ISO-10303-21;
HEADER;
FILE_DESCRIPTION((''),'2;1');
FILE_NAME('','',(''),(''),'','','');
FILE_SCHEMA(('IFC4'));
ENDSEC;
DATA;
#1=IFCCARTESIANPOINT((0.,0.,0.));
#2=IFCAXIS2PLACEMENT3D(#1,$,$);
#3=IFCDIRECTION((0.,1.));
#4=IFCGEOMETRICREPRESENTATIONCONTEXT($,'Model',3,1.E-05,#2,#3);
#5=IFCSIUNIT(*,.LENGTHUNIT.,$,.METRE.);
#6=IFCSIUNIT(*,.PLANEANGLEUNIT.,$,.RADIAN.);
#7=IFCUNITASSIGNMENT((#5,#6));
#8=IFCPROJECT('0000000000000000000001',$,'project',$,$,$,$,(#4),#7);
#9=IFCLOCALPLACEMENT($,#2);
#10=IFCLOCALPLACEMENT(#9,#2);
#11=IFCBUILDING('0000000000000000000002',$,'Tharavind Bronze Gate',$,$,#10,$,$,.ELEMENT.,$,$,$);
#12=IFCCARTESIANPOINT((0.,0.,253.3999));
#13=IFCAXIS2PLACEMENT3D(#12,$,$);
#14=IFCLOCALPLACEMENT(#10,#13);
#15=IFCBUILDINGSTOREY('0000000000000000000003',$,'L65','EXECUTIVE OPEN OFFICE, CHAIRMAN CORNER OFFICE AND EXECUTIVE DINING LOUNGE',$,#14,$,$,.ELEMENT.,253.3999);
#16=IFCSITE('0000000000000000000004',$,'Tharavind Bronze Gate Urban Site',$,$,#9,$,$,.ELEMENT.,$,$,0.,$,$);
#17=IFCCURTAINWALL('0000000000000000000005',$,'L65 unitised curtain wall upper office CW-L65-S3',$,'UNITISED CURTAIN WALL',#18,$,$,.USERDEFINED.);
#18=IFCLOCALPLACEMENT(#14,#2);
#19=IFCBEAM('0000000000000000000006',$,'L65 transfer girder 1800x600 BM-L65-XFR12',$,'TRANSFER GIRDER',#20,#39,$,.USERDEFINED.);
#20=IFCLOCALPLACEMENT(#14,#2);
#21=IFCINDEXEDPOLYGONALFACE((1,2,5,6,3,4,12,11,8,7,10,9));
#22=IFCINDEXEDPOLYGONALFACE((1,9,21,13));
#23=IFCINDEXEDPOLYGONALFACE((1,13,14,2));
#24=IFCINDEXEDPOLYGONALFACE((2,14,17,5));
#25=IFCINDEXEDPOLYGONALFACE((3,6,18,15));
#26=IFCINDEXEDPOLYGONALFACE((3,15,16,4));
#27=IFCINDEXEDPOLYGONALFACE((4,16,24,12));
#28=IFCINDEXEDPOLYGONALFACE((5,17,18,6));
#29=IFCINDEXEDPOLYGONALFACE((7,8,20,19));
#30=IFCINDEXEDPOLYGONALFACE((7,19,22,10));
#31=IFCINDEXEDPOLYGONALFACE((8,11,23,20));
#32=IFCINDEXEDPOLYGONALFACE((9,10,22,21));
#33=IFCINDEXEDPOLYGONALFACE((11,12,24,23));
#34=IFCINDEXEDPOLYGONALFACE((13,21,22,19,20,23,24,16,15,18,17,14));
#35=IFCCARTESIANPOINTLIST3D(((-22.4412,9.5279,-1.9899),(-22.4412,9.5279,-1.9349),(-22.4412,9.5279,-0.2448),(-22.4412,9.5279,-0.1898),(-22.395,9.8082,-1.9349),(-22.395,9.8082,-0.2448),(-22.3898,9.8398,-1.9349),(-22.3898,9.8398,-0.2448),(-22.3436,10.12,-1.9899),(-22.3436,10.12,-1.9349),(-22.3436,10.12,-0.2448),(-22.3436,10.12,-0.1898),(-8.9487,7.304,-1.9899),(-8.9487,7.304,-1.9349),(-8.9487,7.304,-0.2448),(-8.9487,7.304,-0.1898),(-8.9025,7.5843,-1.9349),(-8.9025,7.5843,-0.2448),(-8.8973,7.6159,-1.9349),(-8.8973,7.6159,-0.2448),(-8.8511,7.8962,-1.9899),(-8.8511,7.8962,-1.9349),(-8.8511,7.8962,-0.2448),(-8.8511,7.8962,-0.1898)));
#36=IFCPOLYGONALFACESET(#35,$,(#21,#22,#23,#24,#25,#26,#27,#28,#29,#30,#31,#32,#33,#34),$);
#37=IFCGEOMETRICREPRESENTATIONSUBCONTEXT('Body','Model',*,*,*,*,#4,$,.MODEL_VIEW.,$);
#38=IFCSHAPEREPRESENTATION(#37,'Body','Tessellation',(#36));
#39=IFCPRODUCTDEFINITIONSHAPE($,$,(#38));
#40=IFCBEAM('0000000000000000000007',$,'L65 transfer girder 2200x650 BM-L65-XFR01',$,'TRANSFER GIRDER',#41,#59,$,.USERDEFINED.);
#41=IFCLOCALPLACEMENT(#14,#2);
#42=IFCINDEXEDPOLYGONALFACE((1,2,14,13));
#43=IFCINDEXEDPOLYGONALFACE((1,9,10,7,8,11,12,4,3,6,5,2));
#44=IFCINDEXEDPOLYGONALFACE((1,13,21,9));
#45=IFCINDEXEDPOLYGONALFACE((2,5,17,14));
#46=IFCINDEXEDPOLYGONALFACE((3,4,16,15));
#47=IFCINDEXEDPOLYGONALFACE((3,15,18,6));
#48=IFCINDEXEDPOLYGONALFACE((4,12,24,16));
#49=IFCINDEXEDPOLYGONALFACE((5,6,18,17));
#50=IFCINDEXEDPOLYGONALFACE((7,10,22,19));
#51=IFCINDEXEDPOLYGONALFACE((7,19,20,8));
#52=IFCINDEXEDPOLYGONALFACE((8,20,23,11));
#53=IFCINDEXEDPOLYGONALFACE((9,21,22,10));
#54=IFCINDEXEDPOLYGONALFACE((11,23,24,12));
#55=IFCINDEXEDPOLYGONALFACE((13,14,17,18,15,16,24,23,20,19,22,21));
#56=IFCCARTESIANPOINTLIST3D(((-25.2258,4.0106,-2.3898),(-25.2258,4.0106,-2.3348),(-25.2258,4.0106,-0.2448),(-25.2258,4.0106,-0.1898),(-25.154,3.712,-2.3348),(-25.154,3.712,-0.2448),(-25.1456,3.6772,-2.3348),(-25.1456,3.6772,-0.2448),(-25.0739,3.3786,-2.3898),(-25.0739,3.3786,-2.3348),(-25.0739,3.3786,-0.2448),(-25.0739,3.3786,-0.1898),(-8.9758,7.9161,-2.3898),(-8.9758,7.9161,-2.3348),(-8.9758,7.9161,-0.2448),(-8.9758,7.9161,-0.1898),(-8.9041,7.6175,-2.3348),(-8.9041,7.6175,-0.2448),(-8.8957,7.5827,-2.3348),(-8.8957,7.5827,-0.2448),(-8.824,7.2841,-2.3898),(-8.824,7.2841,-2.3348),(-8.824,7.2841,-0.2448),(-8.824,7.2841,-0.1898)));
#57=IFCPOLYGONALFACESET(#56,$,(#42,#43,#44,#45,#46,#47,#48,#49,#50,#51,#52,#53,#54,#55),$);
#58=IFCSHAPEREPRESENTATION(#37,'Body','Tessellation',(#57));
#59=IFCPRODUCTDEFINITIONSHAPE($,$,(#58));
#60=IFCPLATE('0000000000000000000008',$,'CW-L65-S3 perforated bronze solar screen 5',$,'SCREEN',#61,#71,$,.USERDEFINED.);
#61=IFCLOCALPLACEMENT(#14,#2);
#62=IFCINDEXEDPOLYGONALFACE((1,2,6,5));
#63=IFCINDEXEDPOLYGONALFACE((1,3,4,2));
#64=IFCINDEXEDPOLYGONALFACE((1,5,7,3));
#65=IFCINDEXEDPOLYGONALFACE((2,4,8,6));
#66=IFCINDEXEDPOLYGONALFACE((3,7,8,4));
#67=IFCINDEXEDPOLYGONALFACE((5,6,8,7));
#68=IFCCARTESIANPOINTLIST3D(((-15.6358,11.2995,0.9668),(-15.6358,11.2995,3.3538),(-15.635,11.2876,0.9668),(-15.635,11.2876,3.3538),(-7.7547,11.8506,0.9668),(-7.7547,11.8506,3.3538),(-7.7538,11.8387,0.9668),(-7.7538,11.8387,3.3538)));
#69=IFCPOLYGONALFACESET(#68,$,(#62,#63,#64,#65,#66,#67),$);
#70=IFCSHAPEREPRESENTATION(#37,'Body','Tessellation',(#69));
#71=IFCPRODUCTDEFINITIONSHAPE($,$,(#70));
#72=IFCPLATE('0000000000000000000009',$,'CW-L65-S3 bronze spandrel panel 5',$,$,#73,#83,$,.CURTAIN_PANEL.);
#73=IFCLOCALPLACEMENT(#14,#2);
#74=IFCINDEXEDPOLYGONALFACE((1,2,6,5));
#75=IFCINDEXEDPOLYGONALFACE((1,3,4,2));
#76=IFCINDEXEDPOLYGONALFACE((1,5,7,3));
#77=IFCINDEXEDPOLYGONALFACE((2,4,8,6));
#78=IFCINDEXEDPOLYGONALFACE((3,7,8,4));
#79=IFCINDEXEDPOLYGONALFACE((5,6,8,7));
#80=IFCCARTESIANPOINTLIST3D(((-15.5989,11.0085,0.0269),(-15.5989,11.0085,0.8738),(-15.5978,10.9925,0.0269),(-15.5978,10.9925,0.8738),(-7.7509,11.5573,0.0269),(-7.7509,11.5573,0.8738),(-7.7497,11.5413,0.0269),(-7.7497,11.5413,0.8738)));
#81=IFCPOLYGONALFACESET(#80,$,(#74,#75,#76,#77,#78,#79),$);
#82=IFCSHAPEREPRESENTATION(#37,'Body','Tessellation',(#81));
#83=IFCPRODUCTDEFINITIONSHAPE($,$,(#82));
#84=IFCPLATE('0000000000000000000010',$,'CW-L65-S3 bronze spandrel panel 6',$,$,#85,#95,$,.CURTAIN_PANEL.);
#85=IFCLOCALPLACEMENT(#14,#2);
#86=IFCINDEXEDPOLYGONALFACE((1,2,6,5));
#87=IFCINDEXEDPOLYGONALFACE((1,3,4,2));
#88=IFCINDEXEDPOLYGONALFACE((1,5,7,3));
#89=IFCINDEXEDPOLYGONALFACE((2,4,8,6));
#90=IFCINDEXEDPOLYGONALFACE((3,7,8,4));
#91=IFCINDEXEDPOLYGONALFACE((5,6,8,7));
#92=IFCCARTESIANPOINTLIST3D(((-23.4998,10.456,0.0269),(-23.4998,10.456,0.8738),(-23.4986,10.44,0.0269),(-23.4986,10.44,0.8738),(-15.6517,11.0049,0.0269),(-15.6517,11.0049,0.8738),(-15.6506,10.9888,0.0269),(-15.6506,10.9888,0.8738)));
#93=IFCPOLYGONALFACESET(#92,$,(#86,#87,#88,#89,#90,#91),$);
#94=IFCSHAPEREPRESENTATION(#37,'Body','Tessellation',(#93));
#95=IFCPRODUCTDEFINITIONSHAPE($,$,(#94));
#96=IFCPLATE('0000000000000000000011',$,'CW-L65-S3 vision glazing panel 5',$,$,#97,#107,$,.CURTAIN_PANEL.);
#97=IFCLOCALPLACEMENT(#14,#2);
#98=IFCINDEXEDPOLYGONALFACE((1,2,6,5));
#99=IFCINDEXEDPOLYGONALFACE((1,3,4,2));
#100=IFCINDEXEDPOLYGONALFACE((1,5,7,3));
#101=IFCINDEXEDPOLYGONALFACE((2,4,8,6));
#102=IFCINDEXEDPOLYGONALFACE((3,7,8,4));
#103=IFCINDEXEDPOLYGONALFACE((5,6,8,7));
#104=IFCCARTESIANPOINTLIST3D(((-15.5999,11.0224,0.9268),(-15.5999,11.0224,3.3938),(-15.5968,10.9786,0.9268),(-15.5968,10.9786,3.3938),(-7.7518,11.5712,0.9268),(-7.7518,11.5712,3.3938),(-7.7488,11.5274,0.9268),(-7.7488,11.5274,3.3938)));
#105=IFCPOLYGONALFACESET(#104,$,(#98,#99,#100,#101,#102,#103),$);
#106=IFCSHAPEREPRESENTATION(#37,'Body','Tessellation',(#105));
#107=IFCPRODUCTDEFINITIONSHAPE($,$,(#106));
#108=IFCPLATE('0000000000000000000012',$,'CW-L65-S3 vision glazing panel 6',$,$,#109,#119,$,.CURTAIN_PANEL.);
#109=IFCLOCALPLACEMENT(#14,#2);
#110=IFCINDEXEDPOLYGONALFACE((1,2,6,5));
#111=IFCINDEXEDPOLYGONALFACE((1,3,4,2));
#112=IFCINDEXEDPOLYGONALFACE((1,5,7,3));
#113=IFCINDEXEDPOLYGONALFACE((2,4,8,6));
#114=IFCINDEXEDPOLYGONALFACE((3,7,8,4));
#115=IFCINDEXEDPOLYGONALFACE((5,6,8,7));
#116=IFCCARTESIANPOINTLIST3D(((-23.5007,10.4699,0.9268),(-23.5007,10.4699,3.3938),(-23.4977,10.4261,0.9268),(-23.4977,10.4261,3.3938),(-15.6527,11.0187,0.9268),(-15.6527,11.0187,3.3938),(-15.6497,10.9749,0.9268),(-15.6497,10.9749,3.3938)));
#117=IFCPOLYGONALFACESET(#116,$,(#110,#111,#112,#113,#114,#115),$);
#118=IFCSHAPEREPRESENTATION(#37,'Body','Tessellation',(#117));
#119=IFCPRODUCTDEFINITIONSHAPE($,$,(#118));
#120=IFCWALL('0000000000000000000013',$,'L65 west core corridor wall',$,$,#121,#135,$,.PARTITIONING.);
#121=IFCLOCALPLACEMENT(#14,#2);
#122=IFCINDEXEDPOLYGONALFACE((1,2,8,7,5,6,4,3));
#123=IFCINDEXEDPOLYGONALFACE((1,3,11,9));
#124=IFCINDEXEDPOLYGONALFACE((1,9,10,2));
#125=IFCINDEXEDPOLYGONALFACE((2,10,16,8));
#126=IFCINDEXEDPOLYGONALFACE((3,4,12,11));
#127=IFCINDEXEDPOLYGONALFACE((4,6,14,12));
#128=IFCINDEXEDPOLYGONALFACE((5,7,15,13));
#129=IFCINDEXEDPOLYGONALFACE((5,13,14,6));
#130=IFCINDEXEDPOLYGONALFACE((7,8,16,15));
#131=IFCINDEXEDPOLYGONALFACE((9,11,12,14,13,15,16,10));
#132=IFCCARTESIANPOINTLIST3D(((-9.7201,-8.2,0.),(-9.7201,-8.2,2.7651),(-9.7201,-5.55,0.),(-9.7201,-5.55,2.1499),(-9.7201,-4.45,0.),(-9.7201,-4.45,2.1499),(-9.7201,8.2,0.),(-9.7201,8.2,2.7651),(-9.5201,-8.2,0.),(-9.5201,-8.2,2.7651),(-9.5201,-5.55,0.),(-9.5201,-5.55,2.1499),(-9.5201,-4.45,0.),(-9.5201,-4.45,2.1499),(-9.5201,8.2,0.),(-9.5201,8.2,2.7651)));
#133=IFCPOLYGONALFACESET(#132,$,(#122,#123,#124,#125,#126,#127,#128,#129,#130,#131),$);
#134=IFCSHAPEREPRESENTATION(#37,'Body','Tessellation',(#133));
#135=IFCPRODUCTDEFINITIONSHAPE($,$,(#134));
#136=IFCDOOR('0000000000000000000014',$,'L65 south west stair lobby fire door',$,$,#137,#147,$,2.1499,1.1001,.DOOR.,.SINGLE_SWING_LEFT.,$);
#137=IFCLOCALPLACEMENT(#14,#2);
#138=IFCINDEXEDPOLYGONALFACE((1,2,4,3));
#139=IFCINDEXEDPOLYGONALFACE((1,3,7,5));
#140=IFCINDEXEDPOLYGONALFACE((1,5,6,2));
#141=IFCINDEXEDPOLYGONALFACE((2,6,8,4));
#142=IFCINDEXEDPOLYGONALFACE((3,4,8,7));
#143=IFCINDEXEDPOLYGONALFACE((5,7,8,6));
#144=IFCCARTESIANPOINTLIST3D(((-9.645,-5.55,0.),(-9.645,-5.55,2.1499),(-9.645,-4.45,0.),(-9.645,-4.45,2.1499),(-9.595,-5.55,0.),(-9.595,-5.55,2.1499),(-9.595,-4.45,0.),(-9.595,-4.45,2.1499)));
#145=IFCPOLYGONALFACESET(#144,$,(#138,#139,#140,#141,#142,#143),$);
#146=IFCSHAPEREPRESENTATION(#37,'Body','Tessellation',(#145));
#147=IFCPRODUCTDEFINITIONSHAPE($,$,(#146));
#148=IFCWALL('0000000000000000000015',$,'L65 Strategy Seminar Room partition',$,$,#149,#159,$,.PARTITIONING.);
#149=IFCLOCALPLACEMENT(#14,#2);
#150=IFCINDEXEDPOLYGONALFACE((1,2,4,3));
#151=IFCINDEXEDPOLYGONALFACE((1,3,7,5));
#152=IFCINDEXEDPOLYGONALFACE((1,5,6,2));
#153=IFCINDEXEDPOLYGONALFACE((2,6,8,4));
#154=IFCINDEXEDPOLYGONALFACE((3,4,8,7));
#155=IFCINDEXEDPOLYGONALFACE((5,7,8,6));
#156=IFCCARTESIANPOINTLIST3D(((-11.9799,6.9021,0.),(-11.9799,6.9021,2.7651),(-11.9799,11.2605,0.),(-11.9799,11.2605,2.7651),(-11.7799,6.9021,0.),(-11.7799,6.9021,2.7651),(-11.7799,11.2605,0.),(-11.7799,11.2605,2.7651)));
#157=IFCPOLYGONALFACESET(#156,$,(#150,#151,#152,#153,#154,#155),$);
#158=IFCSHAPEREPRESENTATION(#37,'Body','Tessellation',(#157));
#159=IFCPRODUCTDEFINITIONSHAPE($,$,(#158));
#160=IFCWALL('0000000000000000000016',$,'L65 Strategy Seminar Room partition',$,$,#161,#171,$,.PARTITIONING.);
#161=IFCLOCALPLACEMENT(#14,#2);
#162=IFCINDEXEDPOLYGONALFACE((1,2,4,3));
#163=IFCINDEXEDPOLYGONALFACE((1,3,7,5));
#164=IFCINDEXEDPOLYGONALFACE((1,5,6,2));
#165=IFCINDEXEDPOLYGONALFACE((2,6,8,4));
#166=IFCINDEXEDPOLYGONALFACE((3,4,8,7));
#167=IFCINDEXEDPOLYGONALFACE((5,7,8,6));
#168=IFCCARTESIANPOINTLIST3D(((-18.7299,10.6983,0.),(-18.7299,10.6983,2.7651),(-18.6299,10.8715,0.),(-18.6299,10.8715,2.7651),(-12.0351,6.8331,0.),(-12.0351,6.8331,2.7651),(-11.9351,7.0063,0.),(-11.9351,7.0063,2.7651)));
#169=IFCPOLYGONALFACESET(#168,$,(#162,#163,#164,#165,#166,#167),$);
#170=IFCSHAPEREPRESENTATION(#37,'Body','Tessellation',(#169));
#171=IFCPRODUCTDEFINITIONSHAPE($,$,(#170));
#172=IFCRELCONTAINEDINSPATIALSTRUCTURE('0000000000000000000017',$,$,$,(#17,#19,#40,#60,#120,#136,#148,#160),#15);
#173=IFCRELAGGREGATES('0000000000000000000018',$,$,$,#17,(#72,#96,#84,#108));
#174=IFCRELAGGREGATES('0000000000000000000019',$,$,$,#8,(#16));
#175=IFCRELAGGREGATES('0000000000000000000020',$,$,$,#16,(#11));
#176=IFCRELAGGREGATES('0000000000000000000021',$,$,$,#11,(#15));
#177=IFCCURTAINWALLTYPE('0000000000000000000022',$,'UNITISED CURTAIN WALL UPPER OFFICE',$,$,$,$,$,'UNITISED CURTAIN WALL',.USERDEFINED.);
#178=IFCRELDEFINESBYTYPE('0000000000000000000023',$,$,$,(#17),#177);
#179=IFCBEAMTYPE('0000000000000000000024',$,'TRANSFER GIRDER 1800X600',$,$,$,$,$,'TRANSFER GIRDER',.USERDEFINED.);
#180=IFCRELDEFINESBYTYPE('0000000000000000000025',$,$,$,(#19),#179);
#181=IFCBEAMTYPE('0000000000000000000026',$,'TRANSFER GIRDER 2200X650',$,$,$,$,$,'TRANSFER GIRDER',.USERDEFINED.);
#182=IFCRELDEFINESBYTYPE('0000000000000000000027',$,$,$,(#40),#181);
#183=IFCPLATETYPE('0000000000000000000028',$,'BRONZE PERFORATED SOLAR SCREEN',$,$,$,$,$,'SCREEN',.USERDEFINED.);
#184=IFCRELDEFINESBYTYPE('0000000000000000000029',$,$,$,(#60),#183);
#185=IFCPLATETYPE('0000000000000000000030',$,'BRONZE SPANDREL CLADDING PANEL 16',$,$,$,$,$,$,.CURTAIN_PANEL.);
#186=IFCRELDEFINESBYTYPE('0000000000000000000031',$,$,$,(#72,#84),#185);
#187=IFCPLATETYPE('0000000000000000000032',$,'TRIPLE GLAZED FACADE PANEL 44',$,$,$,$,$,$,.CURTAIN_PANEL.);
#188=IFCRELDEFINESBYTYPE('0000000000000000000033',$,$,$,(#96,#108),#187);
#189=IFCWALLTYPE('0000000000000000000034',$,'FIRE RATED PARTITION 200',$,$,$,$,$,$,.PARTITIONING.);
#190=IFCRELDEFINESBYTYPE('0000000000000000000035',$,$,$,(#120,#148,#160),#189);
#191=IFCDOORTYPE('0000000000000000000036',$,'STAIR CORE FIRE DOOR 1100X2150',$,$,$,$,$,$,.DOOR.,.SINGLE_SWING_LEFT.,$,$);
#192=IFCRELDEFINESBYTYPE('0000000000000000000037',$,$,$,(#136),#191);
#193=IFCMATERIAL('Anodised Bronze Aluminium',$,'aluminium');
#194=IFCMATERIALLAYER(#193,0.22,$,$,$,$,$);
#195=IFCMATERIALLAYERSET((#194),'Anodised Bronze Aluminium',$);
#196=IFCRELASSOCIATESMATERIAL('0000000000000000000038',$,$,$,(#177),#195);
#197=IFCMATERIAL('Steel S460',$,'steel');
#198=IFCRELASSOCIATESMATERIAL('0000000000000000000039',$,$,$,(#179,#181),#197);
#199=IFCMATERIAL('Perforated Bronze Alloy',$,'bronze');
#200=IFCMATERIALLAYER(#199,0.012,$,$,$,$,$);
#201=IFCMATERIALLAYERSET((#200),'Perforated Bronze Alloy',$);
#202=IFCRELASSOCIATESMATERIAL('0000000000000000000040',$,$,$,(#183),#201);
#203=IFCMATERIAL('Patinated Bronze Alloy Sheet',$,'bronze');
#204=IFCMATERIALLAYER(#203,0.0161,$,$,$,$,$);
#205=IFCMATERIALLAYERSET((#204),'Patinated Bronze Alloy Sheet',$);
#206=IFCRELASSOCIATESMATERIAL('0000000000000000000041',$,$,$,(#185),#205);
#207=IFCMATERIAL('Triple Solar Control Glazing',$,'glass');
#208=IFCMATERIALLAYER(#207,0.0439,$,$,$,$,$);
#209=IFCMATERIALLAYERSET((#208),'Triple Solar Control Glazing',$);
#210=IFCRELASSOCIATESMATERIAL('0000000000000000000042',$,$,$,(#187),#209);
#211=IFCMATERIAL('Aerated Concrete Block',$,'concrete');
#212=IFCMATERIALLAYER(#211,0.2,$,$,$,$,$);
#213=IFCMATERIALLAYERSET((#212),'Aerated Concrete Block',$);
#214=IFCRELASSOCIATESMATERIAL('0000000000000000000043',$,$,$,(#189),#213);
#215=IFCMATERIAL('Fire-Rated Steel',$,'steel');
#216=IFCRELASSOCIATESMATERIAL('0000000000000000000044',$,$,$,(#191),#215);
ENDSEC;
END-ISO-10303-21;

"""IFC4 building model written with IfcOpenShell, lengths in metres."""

from ifc_helpers import new_model, si_unit, direction, frame, frame_2d, origin, origin_2d, place, context, subcontext, project, spatial, rectangle, i_section, extrude, material, layer, layer_set, material_profile, profile_set, type_object, element, fill, aggregate, save


model = new_model("IFC4")

# Units and contexts
model_context = context("Model", 3, precision=1e-05, world=origin(), true_north=direction((0.0, 1.0)))
body_context = subcontext(model_context, "Body", "Model", "MODEL_VIEW")
ifc_project = project(units=[si_unit("LENGTHUNIT", "METRE"), si_unit("PLANEANGLEUNIT", "RADIAN")], contexts=[model_context])

# Site, building, storey
site_placement = place(None, origin())
site = spatial("IfcSite", under=ifc_project, at=site_placement, Name="Tharavind Bronze Gate Urban Site", CompositionType="ELEMENT", RefElevation=0.0)
building_placement = place(site_placement, origin())
building = spatial("IfcBuilding", under=site, at=building_placement, Name="Tharavind Bronze Gate", CompositionType="ELEMENT")
storey_placement = place(building_placement, frame((0.0, 0.0, 253.3999)))
storey = spatial("IfcBuildingStorey", under=building, at=storey_placement, Name="L65", Description="EXECUTIVE OPEN OFFICE, CHAIRMAN CORNER OFFICE AND EXECUTIVE DINING LOUNGE", CompositionType="ELEMENT", Elevation=253.3999)

# Curtain wall
ifc_material_1 = material(Name="Anodised Bronze Aluminium", Category="aluminium")
ifc_layer_1 = layer(ifc_material_1, 0.22)
ifc_layer_set_1 = layer_set([ifc_layer_1], Name="Anodised Bronze Aluminium")
curtain_wall_type = type_object("IfcCurtainWallType", Name="UNITISED CURTAIN WALL UPPER OFFICE", ElementType="UNITISED CURTAIN WALL", PredefinedType="USERDEFINED", material=ifc_layer_set_1)
curtain_wall_placement = place(storey_placement, origin())
curtain_wall = element("IfcCurtainWall", 1, at=curtain_wall_placement, inside=storey, type_object=curtain_wall_type, Name="L65 unitised curtain wall upper office CW-L65-S3", ObjectType="UNITISED CURTAIN WALL", PredefinedType="USERDEFINED")

# Beams
ifc_material_2 = material(Name="Steel S460", Category="steel")
ifc_material_profile_1 = material_profile(ifc_material_2, i_section(OverallWidth=0.6001, OverallDepth=1.8, WebThickness=0.032, FlangeThickness=0.0549, at=origin_2d()), Name="PG1800X600")
ifc_profile_set_1 = profile_set([ifc_material_profile_1], Name="Steel S460")
beam_type_1 = type_object("IfcBeamType", Name="TRANSFER GIRDER 1800X600", ElementType="TRANSFER GIRDER", PredefinedType="USERDEFINED", material=ifc_profile_set_1)
beam_1_placement = place(storey_placement, frame((-8.8999, 7.6001, -1.0898), z_axis=(-0.986687, 0.16263, 0.0), x_axis=(-0.16263, -0.986687, 0.0)))
element("IfcBeam", 2, at=beam_1_placement, inside=storey, type_object=beam_type_1, Name="L65 transfer girder 1800x600 BM-L65-XFR12", ObjectType="TRANSFER GIRDER", PredefinedType="USERDEFINED", context=body_context, shape_type="SweptSolid", body=[
    extrude(i_section(OverallWidth=0.6001, OverallDepth=1.8, WebThickness=0.032, FlangeThickness=0.0549, at=origin_2d()), origin(), (0.0, 0.0, 1.0), 13.6746),
])
ifc_material_profile_2 = material_profile(ifc_material_2, i_section(OverallWidth=0.6499, OverallDepth=2.2, WebThickness=0.0359, FlangeThickness=0.0549, at=origin_2d()), Name="PG2200X650")
ifc_profile_set_2 = profile_set([ifc_material_profile_2], Name="Steel S460")
beam_type_2 = type_object("IfcBeamType", Name="TRANSFER GIRDER 2200X650", ElementType="TRANSFER GIRDER", PredefinedType="USERDEFINED", material=ifc_profile_set_2)
beam_2_placement = place(storey_placement, frame((-8.8999, 7.6001, -1.2898), z_axis=(-0.972312, -0.233685, 0.0), x_axis=(0.233685, -0.972312, 0.0)))
element("IfcBeam", 3, at=beam_2_placement, inside=storey, type_object=beam_type_2, Name="L65 transfer girder 2200x650 BM-L65-XFR01", ObjectType="TRANSFER GIRDER", PredefinedType="USERDEFINED", context=body_context, shape_type="SweptSolid", body=[
    extrude(i_section(OverallWidth=0.6499, OverallDepth=2.2, WebThickness=0.0359, FlangeThickness=0.0549, at=origin_2d()), origin(), (0.0, 0.0, 1.0), 16.7126),
])

# Plates
ifc_material_3 = material(Name="Perforated Bronze Alloy", Category="bronze")
ifc_layer_2 = layer(ifc_material_3, 0.012)
ifc_layer_set_2 = layer_set([ifc_layer_2], Name="Perforated Bronze Alloy")
plate_type_1 = type_object("IfcPlateType", Name="BRONZE PERFORATED SOLAR SCREEN", ElementType="SCREEN", PredefinedType="USERDEFINED", material=ifc_layer_set_2)
plate_1_placement = place(storey_placement, frame((-11.6948, 11.5691, 0.9668), z_axis=(0.0, 0.0, 1.0), x_axis=(-0.997564, -0.06976, 0.0)))
element("IfcPlate", 4, at=plate_1_placement, inside=storey, type_object=plate_type_1, Name="CW-L65-S3 perforated bronze solar screen 5", ObjectType="SCREEN", PredefinedType="USERDEFINED", context=body_context, shape_type="SweptSolid", body=[
    extrude(rectangle(XDim=7.9004, YDim=0.012, at=origin_2d()), origin(), (0.0, 0.0, 1.0), 2.387),
])
ifc_material_4 = material(Name="Patinated Bronze Alloy Sheet", Category="bronze")
ifc_layer_3 = layer(ifc_material_4, 0.0161)
ifc_layer_set_3 = layer_set([ifc_layer_3], Name="Patinated Bronze Alloy Sheet")
plate_type_2 = type_object("IfcPlateType", Name="BRONZE SPANDREL CLADDING PANEL 16", PredefinedType="CURTAIN_PANEL", material=ifc_layer_set_3)
plate_2_placement = place(storey_placement, frame((-11.6743, 11.2749, 0.0269), z_axis=(0.0, 0.0, 1.0), x_axis=(-0.997564, -0.06976, 0.0)))
plate_2 = element("IfcPlate", 5, at=plate_2_placement, type_object=plate_type_2, Name="CW-L65-S3 bronze spandrel panel 5", PredefinedType="CURTAIN_PANEL", context=body_context, shape_type="SweptSolid", body=[
    extrude(rectangle(XDim=7.8672, YDim=0.0161, at=origin_2d()), origin(), (0.0, 0.0, 1.0), 0.8469),
])
plate_3_placement = place(storey_placement, frame((-19.5752, 10.7224, 0.0269), z_axis=(0.0, 0.0, 1.0), x_axis=(-0.997564, -0.06976, 0.0)))
plate_3 = element("IfcPlate", 6, at=plate_3_placement, type_object=plate_type_2, Name="CW-L65-S3 bronze spandrel panel 6", PredefinedType="CURTAIN_PANEL", context=body_context, shape_type="SweptSolid", body=[
    extrude(rectangle(XDim=7.8672, YDim=0.0161, at=origin_2d()), origin(), (0.0, 0.0, 1.0), 0.8469),
])
ifc_material_5 = material(Name="Triple Solar Control Glazing", Category="glass")
ifc_layer_4 = layer(ifc_material_5, 0.0439)
ifc_layer_set_4 = layer_set([ifc_layer_4], Name="Triple Solar Control Glazing")
plate_type_3 = type_object("IfcPlateType", Name="TRIPLE GLAZED FACADE PANEL 44", PredefinedType="CURTAIN_PANEL", material=ifc_layer_set_4)
plate_4_placement = place(storey_placement, frame((-11.6743, 11.2749, 0.9268), z_axis=(0.0, 0.0, 1.0), x_axis=(-0.997564, -0.06976, 0.0)))
plate_4 = element("IfcPlate", 7, at=plate_4_placement, type_object=plate_type_3, Name="CW-L65-S3 vision glazing panel 5", PredefinedType="CURTAIN_PANEL", context=body_context, shape_type="SweptSolid", body=[
    extrude(rectangle(XDim=7.8672, YDim=0.0439, at=origin_2d()), origin(), (0.0, 0.0, 1.0), 2.467),
])
plate_5_placement = place(storey_placement, frame((-19.5752, 10.7224, 0.9268), z_axis=(0.0, 0.0, 1.0), x_axis=(-0.997564, -0.06976, 0.0)))
plate_5 = element("IfcPlate", 8, at=plate_5_placement, type_object=plate_type_3, Name="CW-L65-S3 vision glazing panel 6", PredefinedType="CURTAIN_PANEL", context=body_context, shape_type="SweptSolid", body=[
    extrude(rectangle(XDim=7.8672, YDim=0.0439, at=origin_2d()), origin(), (0.0, 0.0, 1.0), 2.467),
])
aggregate(curtain_wall, [plate_2, plate_4, plate_3, plate_5])

# Wall, opening, door
ifc_material_6 = material(Name="Aerated Concrete Block", Category="concrete")
ifc_layer_5 = layer(ifc_material_6, 0.2)
ifc_layer_set_5 = layer_set([ifc_layer_5], Name="Aerated Concrete Block")
wall_type = type_object("IfcWallType", Name="FIRE RATED PARTITION 200", PredefinedType="PARTITIONING", material=ifc_layer_set_5)
wall_1_placement = place(storey_placement, frame((-9.6201, 8.2, 0.0), z_axis=(0.0, 0.0, 1.0), x_axis=(0.0, -1.0, 0.0)))
wall_1 = element("IfcWall", 9, at=wall_1_placement, inside=storey, type_object=wall_type, Name="L65 west core corridor wall", PredefinedType="PARTITIONING", context=body_context, shape_type="SweptSolid", body=[
    extrude(rectangle(XDim=16.3999, YDim=0.2, at=frame_2d((8.2, 0.0))), origin(), (0.0, 0.0, 1.0), 2.7651),
])
opening_1_placement = place(wall_1_placement, frame((12.6499, 0.0, 0.0)))
opening_1 = element("IfcOpeningElement", 10, at=opening_1_placement, cuts=wall_1, PredefinedType="OPENING", context=body_context, shape_type="SweptSolid", body=[
    extrude(rectangle(XDim=1.1001, YDim=2.1499, at=frame_2d((0.55, 1.075))), frame((0.0, 0.1101, 0.0), z_axis=(0.0, -1.0, 0.0), x_axis=(1.0, 0.0, 0.0)), (0.0, 0.0, 1.0), 0.22),
])
ifc_material_7 = material(Name="Fire-Rated Steel", Category="steel")
door_type_1 = type_object("IfcDoorType", Name="STAIR CORE FIRE DOOR 1100X2150", OperationType="SINGLE_SWING_LEFT", PredefinedType="DOOR", material=ifc_material_7)
door_1_placement = place(opening_1_placement, frame((1.1001, 0.0, 0.0), z_axis=(0.0, 0.0, 1.0), x_axis=(-1.0, 0.0, 0.0)))
door_1 = element("IfcDoor", 11, at=door_1_placement, inside=storey, type_object=door_type_1, Name="L65 south west stair lobby fire door", OperationType="SINGLE_SWING_LEFT", OverallHeight=2.1499, OverallWidth=1.1001, PredefinedType="DOOR", context=body_context, shape_type="SweptSolid", body=[
    extrude(rectangle(XDim=1.1001, YDim=2.1499, at=frame_2d((0.55, 1.075))), frame((0.0, 0.0249, 0.0), z_axis=(0.0, -1.0, 0.0), x_axis=(1.0, 0.0, 0.0)), (0.0, 0.0, 1.0), 0.05),
])
fill(opening_1, door_1)

# Walls
wall_2_placement = place(storey_placement, frame((-11.8799, 11.2605, 0.0), z_axis=(0.0, 0.0, 1.0), x_axis=(0.0, -1.0, 0.0)))
element("IfcWall", 12, at=wall_2_placement, inside=storey, type_object=wall_type, Name="L65 Strategy Seminar Room partition", PredefinedType="PARTITIONING", context=body_context, shape_type="SweptSolid", body=[
    extrude(rectangle(XDim=4.3584, YDim=0.2, at=frame_2d((2.1792, 0.0))), origin(), (0.0, 0.0, 1.0), 2.7651),
])
wall_3_placement = place(storey_placement, frame((-11.9851, 6.9197, 0.0), z_axis=(0.0, 0.0, 1.0), x_axis=(-0.866027, 0.499998, 0.0)))
element("IfcWall", 13, at=wall_3_placement, inside=storey, type_object=wall_type, Name="L65 Strategy Seminar Room partition", PredefinedType="PARTITIONING", context=body_context, shape_type="SweptSolid", body=[
    extrude(rectangle(XDim=7.7305, YDim=0.2, at=frame_2d((3.8652, 0.0))), origin(), (0.0, 0.0, 1.0), 2.7651),
])

save(model, "model.ifc")
